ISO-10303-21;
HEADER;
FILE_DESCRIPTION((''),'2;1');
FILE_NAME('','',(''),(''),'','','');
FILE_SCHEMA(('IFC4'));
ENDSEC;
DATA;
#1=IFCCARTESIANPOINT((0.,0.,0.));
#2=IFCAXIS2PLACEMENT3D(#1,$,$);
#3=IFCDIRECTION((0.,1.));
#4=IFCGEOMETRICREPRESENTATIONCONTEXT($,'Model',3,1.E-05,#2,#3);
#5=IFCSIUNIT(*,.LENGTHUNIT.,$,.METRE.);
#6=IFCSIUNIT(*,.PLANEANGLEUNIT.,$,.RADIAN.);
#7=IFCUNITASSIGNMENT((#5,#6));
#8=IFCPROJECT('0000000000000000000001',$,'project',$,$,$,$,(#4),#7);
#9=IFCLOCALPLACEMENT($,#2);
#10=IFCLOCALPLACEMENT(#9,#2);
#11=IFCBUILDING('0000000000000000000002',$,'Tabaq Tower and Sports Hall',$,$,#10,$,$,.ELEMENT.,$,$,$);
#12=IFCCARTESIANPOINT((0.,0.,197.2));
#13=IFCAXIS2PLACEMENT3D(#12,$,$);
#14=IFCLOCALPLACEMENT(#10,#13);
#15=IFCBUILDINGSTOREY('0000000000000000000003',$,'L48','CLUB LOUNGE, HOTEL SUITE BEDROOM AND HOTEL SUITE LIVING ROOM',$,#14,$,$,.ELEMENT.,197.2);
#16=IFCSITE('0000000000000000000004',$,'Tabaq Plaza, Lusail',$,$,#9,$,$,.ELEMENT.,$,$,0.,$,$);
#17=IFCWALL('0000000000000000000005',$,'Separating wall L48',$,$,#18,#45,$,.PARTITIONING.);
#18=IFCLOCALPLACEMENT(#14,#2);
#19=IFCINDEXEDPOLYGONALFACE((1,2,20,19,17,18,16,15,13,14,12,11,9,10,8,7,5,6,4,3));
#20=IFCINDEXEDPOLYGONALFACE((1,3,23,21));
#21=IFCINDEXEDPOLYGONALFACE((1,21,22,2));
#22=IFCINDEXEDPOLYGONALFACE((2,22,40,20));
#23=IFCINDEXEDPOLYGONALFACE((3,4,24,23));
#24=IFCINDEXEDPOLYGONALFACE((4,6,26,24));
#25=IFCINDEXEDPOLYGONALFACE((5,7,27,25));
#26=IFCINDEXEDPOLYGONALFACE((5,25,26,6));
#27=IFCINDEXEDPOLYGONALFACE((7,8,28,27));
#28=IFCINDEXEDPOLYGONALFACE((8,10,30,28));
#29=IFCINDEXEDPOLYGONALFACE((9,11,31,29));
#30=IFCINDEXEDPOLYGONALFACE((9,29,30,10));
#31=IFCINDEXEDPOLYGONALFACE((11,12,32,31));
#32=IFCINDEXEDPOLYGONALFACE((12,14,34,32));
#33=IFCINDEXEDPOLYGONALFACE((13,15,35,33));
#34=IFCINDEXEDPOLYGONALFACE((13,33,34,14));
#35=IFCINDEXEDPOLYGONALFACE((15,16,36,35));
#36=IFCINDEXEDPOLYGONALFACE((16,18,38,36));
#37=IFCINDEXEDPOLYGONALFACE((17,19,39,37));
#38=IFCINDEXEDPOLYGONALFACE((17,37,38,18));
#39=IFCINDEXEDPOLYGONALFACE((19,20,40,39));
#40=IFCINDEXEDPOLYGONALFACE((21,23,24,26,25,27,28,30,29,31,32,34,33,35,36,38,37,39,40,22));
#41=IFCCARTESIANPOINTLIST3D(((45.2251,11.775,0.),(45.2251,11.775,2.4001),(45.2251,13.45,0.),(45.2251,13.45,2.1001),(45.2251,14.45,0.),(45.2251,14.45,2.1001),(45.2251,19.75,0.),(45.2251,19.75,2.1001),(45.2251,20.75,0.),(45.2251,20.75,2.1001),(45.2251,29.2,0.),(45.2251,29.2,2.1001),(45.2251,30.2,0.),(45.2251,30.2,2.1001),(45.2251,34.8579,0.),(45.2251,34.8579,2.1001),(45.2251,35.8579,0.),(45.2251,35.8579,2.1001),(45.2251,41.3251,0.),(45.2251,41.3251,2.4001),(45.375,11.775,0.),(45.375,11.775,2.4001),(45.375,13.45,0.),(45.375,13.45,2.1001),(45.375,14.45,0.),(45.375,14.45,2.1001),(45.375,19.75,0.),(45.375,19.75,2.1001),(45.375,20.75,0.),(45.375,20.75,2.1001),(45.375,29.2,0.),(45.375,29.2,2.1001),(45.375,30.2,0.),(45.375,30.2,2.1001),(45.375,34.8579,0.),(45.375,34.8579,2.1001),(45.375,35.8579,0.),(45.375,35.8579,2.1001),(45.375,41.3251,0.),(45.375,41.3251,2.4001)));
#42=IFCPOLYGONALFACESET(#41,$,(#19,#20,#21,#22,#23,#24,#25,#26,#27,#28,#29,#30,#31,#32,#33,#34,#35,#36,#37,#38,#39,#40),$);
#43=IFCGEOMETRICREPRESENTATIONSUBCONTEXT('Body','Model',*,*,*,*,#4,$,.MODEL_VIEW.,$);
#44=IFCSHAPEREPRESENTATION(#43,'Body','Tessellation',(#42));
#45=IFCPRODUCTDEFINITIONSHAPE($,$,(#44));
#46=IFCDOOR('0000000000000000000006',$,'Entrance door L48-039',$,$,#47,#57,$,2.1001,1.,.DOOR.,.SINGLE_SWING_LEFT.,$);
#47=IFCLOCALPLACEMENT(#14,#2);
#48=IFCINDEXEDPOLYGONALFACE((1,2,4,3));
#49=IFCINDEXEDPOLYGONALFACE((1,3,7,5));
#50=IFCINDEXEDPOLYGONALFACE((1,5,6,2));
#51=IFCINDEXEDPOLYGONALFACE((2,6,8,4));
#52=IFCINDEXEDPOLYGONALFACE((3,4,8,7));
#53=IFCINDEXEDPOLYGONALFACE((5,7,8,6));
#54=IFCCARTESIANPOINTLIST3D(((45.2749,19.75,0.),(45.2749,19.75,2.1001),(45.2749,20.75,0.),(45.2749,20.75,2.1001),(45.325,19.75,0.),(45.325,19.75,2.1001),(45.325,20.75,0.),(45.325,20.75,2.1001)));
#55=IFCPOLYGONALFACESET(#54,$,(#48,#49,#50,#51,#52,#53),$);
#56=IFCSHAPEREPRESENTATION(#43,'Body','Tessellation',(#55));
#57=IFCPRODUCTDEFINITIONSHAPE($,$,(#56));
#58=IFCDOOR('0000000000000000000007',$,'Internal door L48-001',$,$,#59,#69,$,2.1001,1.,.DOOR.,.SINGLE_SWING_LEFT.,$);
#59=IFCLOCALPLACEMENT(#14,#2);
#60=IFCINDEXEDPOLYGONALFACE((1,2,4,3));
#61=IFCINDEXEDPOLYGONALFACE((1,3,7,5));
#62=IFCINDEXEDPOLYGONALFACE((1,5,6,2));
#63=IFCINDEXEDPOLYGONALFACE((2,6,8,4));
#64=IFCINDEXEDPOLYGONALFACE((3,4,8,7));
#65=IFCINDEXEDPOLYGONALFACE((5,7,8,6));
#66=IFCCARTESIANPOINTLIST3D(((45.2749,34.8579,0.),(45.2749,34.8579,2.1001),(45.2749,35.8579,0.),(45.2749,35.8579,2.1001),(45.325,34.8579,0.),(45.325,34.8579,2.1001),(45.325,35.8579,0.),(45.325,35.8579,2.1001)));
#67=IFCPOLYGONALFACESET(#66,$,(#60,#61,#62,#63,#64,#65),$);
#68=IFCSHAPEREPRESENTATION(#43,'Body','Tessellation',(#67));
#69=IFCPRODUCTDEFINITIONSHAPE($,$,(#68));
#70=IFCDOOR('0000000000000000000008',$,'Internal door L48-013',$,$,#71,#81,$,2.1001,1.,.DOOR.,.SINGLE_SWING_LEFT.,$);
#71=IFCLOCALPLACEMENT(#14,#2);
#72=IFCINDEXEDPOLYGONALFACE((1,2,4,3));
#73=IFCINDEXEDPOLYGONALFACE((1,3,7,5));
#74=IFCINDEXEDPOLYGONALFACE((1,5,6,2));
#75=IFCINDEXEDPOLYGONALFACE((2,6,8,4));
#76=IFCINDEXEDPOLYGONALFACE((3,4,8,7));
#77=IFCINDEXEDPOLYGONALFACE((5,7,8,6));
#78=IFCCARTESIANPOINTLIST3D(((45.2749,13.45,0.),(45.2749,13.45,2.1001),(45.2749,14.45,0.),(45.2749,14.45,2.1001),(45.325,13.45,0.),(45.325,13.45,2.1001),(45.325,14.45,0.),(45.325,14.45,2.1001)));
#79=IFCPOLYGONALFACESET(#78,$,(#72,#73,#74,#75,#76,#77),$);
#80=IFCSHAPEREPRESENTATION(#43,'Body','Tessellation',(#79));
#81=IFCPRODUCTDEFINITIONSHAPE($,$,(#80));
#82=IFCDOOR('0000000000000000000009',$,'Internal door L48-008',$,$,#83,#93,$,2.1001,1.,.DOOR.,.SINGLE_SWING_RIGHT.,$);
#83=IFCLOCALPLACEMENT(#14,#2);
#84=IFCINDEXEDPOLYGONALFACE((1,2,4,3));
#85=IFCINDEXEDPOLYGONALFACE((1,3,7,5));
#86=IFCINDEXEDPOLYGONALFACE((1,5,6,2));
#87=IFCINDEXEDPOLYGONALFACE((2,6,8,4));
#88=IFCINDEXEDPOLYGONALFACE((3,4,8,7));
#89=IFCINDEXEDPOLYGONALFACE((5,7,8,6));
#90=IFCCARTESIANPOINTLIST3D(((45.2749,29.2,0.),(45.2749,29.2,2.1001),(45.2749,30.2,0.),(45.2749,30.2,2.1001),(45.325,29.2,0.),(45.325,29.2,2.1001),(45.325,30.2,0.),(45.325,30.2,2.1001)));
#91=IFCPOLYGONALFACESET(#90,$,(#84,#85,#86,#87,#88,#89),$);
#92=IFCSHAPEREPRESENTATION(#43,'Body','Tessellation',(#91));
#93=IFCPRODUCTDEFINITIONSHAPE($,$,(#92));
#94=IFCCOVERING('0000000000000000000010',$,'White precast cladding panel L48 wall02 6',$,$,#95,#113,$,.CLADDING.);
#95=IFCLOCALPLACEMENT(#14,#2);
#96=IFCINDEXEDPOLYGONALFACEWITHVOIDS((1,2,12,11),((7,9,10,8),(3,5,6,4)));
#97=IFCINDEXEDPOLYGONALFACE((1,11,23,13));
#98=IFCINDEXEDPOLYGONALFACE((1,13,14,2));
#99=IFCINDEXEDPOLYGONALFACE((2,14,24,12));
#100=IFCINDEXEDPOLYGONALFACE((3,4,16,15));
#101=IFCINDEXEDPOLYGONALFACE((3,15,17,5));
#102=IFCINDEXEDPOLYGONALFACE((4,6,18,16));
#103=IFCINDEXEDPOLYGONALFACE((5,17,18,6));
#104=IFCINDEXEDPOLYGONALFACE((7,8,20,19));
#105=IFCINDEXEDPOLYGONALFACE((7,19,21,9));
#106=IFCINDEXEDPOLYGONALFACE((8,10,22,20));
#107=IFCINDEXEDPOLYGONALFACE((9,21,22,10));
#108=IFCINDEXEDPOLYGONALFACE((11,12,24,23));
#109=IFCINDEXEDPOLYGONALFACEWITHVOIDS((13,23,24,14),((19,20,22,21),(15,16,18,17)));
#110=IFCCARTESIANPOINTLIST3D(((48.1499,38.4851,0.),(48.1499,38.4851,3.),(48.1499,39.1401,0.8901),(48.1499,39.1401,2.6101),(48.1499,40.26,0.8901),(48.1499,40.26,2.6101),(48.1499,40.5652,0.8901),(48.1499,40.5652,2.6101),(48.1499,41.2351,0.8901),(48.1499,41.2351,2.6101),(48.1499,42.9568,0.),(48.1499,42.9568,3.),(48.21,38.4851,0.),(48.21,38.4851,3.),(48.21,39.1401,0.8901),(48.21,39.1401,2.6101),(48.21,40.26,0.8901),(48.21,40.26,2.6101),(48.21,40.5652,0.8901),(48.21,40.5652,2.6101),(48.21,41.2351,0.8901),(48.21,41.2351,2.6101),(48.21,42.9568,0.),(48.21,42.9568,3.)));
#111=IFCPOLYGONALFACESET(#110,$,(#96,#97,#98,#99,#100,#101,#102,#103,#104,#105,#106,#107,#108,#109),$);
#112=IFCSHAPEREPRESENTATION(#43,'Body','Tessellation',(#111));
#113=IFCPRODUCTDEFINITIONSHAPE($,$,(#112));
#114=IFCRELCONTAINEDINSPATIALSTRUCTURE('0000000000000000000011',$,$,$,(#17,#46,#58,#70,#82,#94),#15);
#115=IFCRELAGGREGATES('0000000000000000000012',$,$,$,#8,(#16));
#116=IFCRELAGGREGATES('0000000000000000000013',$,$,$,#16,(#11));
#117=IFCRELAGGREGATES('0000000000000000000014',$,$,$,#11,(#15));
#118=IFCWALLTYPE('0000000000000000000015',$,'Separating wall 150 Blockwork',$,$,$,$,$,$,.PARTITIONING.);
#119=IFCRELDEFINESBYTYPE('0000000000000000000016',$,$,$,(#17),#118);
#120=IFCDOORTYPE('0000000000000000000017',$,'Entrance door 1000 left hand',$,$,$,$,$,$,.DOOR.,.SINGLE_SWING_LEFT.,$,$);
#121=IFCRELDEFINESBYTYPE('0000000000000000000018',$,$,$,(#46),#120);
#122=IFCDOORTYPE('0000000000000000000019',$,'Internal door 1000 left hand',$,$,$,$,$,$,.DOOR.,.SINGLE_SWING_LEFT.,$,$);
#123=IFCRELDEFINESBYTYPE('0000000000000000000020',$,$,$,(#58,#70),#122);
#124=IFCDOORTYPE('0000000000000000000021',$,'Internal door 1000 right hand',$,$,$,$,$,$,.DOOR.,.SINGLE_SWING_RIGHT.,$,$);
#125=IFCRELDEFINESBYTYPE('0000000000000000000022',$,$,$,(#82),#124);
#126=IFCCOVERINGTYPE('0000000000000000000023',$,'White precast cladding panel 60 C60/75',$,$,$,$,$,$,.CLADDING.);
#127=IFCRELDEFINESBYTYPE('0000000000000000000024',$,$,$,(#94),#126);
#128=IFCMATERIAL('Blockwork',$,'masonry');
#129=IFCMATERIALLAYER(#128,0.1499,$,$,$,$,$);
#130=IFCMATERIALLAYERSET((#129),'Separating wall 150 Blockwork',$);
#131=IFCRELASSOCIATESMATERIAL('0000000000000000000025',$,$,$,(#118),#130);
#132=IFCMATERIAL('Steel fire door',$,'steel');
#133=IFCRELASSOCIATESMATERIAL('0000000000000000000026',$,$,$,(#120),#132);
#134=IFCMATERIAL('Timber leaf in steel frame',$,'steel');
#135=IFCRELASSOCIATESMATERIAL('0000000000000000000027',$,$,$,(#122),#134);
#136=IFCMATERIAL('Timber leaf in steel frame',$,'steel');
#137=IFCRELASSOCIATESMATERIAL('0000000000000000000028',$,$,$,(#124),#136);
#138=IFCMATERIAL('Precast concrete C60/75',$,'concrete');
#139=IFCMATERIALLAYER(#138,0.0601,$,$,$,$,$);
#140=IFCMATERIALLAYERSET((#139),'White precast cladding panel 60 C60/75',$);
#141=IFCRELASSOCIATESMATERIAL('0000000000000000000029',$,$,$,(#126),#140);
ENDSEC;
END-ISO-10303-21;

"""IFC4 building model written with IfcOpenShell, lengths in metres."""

from ifc_helpers import new_model, si_unit, direction, frame, frame_2d, origin, place, context, subcontext, project, spatial, polyline, rectangle, outline, extrude, material, layer, layer_set, type_object, element, fill, save


model = new_model("IFC4")

# Units and contexts
model_context = context("Model", 3, precision=1e-05, world=origin(), true_north=direction((0.0, 1.0)))
body_context = subcontext(model_context, "Body", "Model", "MODEL_VIEW")
ifc_project = project(units=[si_unit("LENGTHUNIT", "METRE"), si_unit("PLANEANGLEUNIT", "RADIAN")], contexts=[model_context])

# Site, building, storey
site_placement = place(None, origin())
site = spatial("IfcSite", under=ifc_project, at=site_placement, Name="Tabaq Plaza, Lusail", CompositionType="ELEMENT", RefElevation=0.0)
building_placement = place(site_placement, origin())
building = spatial("IfcBuilding", under=site, at=building_placement, Name="Tabaq Tower and Sports Hall", CompositionType="ELEMENT")
storey_placement = place(building_placement, frame((0.0, 0.0, 197.2)))
storey = spatial("IfcBuildingStorey", under=building, at=storey_placement, Name="L48", Description="CLUB LOUNGE, HOTEL SUITE BEDROOM AND HOTEL SUITE LIVING ROOM", CompositionType="ELEMENT", Elevation=197.2)

# Shared definitions
ifc_material_1 = material(Name="Blockwork", Category="masonry")
ifc_layer_1 = layer(ifc_material_1, 0.1499)
ifc_layer_set_1 = layer_set([ifc_layer_1], Name="Separating wall 150 Blockwork")
wall_type = type_object("IfcWallType", Name="Separating wall 150 Blockwork", PredefinedType="PARTITIONING", material=ifc_layer_set_1)
ifc_material_2 = material(Name="Steel fire door", Category="steel")
door_type_1 = type_object("IfcDoorType", Name="Entrance door 1000 left hand", OperationType="SINGLE_SWING_LEFT", PredefinedType="DOOR", material=ifc_material_2)
ifc_material_3 = material(Name="Timber leaf in steel frame", Category="steel")
door_type_2 = type_object("IfcDoorType", Name="Internal door 1000 left hand", OperationType="SINGLE_SWING_LEFT", PredefinedType="DOOR", material=ifc_material_3)
ifc_material_4 = material(Name="Timber leaf in steel frame", Category="steel")
door_type_3 = type_object("IfcDoorType", Name="Internal door 1000 right hand", OperationType="SINGLE_SWING_RIGHT", PredefinedType="DOOR", material=ifc_material_4)

# Wall, openings, doors
wall_1_placement = place(storey_placement, frame((45.3, 41.325, 0.0), z_axis=(0.0, 0.0, 1.0), x_axis=(0.0, -1.0, 0.0)))
wall_1 = element("IfcWall", 1, at=wall_1_placement, inside=storey, type_object=wall_type, Name="Separating wall L48", PredefinedType="PARTITIONING", context=body_context, shape_type="SweptSolid", body=[
    extrude(rectangle(XDim=29.55, YDim=0.1499, at=frame_2d((14.7749, 0.0))), origin(), (0.0, 0.0, 1.0), 2.4001),
])
opening_1_placement = place(wall_1_placement, frame((5.467, 0.0, 0.0)))
opening_1 = element("IfcOpeningElement", 2, at=opening_1_placement, cuts=wall_1, PredefinedType="OPENING", context=body_context, shape_type="SweptSolid", body=[
    extrude(rectangle(XDim=1.0, YDim=2.1001, at=frame_2d((0.5, 1.05))), frame((0.0, 0.075, 0.0), z_axis=(0.0, -1.0, 0.0), x_axis=(1.0, 0.0, 0.0)), (0.0, 0.0, 1.0), 0.1499),
])
opening_2_placement = place(wall_1_placement, frame((11.125, 0.0, 0.0)))
opening_2 = element("IfcOpeningElement", 3, at=opening_2_placement, cuts=wall_1, PredefinedType="OPENING", context=body_context, shape_type="SweptSolid", body=[
    extrude(rectangle(XDim=1.0, YDim=2.1001, at=frame_2d((0.5, 1.05))), frame((0.0, 0.075, 0.0), z_axis=(0.0, -1.0, 0.0), x_axis=(1.0, 0.0, 0.0)), (0.0, 0.0, 1.0), 0.1499),
])
opening_3_placement = place(wall_1_placement, frame((26.875, 0.0, 0.0)))
opening_3 = element("IfcOpeningElement", 4, at=opening_3_placement, cuts=wall_1, PredefinedType="OPENING", context=body_context, shape_type="SweptSolid", body=[
    extrude(rectangle(XDim=1.0, YDim=2.1001, at=frame_2d((0.5, 1.05))), frame((0.0, 0.075, 0.0), z_axis=(0.0, -1.0, 0.0), x_axis=(1.0, 0.0, 0.0)), (0.0, 0.0, 1.0), 0.1499),
])
opening_4_placement = place(wall_1_placement, frame((20.575, 0.0, 0.0)))
opening_4 = element("IfcOpeningElement", 5, at=opening_4_placement, cuts=wall_1, PredefinedType="OPENING", context=body_context, shape_type="SweptSolid", body=[
    extrude(rectangle(XDim=1.0, YDim=2.1001, at=frame_2d((0.5, 1.05))), frame((0.0, 0.075, 0.0), z_axis=(0.0, -1.0, 0.0), x_axis=(1.0, 0.0, 0.0)), (0.0, 0.0, 1.0), 0.1499),
])
door_1_placement = place(opening_4_placement, origin())
door_1 = element("IfcDoor", 6, at=door_1_placement, inside=storey, type_object=door_type_1, Name="Entrance door L48-039", OperationType="SINGLE_SWING_LEFT", OverallHeight=2.1001, OverallWidth=1.0, PredefinedType="DOOR", context=body_context, shape_type="SweptSolid", body=[
    extrude(rectangle(XDim=1.0, YDim=2.1001, at=frame_2d((0.5, 1.05))), frame((0.0, 0.0249, 0.0), z_axis=(0.0, -1.0, 0.0), x_axis=(1.0, 0.0, 0.0)), (0.0, 0.0, 1.0), 0.05),
])
fill(opening_4, door_1)
door_2_placement = place(opening_1_placement, origin())
door_2 = element("IfcDoor", 7, at=door_2_placement, inside=storey, type_object=door_type_2, Name="Internal door L48-001", OperationType="SINGLE_SWING_LEFT", OverallHeight=2.1001, OverallWidth=1.0, PredefinedType="DOOR", context=body_context, shape_type="SweptSolid", body=[
    extrude(rectangle(XDim=1.0, YDim=2.1001, at=frame_2d((0.5, 1.05))), frame((0.0, 0.0249, 0.0), z_axis=(0.0, -1.0, 0.0), x_axis=(1.0, 0.0, 0.0)), (0.0, 0.0, 1.0), 0.05),
])
fill(opening_1, door_2)
door_3_placement = place(opening_3_placement, origin())
door_3 = element("IfcDoor", 8, at=door_3_placement, inside=storey, type_object=door_type_2, Name="Internal door L48-013", OperationType="SINGLE_SWING_LEFT", OverallHeight=2.1001, OverallWidth=1.0, PredefinedType="DOOR", context=body_context, shape_type="SweptSolid", body=[
    extrude(rectangle(XDim=1.0, YDim=2.1001, at=frame_2d((0.5, 1.05))), frame((0.0, 0.0249, 0.0), z_axis=(0.0, -1.0, 0.0), x_axis=(1.0, 0.0, 0.0)), (0.0, 0.0, 1.0), 0.05),
])
fill(opening_3, door_3)
door_4_placement = place(opening_2_placement, origin())
door_4 = element("IfcDoor", 9, at=door_4_placement, inside=storey, type_object=door_type_3, Name="Internal door L48-008", OperationType="SINGLE_SWING_RIGHT", OverallHeight=2.1001, OverallWidth=1.0, PredefinedType="DOOR", context=body_context, shape_type="SweptSolid", body=[
    extrude(rectangle(XDim=1.0, YDim=2.1001, at=frame_2d((0.5, 1.05))), frame((0.0, 0.0249, 0.0), z_axis=(0.0, -1.0, 0.0), x_axis=(1.0, 0.0, 0.0)), (0.0, 0.0, 1.0), 0.05),
])
fill(opening_2, door_4)

# Covering
ifc_material_5 = material(Name="Precast concrete C60/75", Category="concrete")
ifc_layer_2 = layer(ifc_material_5, 0.0601)
ifc_layer_set_2 = layer_set([ifc_layer_2], Name="White precast cladding panel 60 C60/75")
covering_type = type_object("IfcCoveringType", Name="White precast cladding panel 60 C60/75", PredefinedType="CLADDING", material=ifc_layer_set_2)
covering_placement = place(storey_placement, frame((48.1799, 38.4851, 0.0), z_axis=(0.0, 0.0, 1.0), x_axis=(0.0, 1.0, 0.0)))
element("IfcCovering", 10, at=covering_placement, inside=storey, type_object=covering_type, Name="White precast cladding panel L48 wall02 6", PredefinedType="CLADDING", context=body_context, shape_type="SweptSolid", body=[
    extrude(outline(polyline([(0.0, 0.0), (4.4717, 0.0), (4.4717, 3.0), (0.0, 3.0), (0.0, 0.0)]), holes=[polyline([(0.655, 2.6101), (1.7749, 2.6101), (1.7749, 0.8901), (0.655, 0.8901), (0.655, 2.6101)]), polyline([(2.0801, 2.6101), (2.75, 2.6101), (2.75, 0.8901), (2.0801, 0.8901), (2.0801, 2.6101)])]), frame((0.0, 0.03, 0.0), z_axis=(0.0, -1.0, 0.0), x_axis=(1.0, 0.0, 0.0)), (0.0, 0.0, 1.0), 0.0601),
])

save(model, "model.ifc")
